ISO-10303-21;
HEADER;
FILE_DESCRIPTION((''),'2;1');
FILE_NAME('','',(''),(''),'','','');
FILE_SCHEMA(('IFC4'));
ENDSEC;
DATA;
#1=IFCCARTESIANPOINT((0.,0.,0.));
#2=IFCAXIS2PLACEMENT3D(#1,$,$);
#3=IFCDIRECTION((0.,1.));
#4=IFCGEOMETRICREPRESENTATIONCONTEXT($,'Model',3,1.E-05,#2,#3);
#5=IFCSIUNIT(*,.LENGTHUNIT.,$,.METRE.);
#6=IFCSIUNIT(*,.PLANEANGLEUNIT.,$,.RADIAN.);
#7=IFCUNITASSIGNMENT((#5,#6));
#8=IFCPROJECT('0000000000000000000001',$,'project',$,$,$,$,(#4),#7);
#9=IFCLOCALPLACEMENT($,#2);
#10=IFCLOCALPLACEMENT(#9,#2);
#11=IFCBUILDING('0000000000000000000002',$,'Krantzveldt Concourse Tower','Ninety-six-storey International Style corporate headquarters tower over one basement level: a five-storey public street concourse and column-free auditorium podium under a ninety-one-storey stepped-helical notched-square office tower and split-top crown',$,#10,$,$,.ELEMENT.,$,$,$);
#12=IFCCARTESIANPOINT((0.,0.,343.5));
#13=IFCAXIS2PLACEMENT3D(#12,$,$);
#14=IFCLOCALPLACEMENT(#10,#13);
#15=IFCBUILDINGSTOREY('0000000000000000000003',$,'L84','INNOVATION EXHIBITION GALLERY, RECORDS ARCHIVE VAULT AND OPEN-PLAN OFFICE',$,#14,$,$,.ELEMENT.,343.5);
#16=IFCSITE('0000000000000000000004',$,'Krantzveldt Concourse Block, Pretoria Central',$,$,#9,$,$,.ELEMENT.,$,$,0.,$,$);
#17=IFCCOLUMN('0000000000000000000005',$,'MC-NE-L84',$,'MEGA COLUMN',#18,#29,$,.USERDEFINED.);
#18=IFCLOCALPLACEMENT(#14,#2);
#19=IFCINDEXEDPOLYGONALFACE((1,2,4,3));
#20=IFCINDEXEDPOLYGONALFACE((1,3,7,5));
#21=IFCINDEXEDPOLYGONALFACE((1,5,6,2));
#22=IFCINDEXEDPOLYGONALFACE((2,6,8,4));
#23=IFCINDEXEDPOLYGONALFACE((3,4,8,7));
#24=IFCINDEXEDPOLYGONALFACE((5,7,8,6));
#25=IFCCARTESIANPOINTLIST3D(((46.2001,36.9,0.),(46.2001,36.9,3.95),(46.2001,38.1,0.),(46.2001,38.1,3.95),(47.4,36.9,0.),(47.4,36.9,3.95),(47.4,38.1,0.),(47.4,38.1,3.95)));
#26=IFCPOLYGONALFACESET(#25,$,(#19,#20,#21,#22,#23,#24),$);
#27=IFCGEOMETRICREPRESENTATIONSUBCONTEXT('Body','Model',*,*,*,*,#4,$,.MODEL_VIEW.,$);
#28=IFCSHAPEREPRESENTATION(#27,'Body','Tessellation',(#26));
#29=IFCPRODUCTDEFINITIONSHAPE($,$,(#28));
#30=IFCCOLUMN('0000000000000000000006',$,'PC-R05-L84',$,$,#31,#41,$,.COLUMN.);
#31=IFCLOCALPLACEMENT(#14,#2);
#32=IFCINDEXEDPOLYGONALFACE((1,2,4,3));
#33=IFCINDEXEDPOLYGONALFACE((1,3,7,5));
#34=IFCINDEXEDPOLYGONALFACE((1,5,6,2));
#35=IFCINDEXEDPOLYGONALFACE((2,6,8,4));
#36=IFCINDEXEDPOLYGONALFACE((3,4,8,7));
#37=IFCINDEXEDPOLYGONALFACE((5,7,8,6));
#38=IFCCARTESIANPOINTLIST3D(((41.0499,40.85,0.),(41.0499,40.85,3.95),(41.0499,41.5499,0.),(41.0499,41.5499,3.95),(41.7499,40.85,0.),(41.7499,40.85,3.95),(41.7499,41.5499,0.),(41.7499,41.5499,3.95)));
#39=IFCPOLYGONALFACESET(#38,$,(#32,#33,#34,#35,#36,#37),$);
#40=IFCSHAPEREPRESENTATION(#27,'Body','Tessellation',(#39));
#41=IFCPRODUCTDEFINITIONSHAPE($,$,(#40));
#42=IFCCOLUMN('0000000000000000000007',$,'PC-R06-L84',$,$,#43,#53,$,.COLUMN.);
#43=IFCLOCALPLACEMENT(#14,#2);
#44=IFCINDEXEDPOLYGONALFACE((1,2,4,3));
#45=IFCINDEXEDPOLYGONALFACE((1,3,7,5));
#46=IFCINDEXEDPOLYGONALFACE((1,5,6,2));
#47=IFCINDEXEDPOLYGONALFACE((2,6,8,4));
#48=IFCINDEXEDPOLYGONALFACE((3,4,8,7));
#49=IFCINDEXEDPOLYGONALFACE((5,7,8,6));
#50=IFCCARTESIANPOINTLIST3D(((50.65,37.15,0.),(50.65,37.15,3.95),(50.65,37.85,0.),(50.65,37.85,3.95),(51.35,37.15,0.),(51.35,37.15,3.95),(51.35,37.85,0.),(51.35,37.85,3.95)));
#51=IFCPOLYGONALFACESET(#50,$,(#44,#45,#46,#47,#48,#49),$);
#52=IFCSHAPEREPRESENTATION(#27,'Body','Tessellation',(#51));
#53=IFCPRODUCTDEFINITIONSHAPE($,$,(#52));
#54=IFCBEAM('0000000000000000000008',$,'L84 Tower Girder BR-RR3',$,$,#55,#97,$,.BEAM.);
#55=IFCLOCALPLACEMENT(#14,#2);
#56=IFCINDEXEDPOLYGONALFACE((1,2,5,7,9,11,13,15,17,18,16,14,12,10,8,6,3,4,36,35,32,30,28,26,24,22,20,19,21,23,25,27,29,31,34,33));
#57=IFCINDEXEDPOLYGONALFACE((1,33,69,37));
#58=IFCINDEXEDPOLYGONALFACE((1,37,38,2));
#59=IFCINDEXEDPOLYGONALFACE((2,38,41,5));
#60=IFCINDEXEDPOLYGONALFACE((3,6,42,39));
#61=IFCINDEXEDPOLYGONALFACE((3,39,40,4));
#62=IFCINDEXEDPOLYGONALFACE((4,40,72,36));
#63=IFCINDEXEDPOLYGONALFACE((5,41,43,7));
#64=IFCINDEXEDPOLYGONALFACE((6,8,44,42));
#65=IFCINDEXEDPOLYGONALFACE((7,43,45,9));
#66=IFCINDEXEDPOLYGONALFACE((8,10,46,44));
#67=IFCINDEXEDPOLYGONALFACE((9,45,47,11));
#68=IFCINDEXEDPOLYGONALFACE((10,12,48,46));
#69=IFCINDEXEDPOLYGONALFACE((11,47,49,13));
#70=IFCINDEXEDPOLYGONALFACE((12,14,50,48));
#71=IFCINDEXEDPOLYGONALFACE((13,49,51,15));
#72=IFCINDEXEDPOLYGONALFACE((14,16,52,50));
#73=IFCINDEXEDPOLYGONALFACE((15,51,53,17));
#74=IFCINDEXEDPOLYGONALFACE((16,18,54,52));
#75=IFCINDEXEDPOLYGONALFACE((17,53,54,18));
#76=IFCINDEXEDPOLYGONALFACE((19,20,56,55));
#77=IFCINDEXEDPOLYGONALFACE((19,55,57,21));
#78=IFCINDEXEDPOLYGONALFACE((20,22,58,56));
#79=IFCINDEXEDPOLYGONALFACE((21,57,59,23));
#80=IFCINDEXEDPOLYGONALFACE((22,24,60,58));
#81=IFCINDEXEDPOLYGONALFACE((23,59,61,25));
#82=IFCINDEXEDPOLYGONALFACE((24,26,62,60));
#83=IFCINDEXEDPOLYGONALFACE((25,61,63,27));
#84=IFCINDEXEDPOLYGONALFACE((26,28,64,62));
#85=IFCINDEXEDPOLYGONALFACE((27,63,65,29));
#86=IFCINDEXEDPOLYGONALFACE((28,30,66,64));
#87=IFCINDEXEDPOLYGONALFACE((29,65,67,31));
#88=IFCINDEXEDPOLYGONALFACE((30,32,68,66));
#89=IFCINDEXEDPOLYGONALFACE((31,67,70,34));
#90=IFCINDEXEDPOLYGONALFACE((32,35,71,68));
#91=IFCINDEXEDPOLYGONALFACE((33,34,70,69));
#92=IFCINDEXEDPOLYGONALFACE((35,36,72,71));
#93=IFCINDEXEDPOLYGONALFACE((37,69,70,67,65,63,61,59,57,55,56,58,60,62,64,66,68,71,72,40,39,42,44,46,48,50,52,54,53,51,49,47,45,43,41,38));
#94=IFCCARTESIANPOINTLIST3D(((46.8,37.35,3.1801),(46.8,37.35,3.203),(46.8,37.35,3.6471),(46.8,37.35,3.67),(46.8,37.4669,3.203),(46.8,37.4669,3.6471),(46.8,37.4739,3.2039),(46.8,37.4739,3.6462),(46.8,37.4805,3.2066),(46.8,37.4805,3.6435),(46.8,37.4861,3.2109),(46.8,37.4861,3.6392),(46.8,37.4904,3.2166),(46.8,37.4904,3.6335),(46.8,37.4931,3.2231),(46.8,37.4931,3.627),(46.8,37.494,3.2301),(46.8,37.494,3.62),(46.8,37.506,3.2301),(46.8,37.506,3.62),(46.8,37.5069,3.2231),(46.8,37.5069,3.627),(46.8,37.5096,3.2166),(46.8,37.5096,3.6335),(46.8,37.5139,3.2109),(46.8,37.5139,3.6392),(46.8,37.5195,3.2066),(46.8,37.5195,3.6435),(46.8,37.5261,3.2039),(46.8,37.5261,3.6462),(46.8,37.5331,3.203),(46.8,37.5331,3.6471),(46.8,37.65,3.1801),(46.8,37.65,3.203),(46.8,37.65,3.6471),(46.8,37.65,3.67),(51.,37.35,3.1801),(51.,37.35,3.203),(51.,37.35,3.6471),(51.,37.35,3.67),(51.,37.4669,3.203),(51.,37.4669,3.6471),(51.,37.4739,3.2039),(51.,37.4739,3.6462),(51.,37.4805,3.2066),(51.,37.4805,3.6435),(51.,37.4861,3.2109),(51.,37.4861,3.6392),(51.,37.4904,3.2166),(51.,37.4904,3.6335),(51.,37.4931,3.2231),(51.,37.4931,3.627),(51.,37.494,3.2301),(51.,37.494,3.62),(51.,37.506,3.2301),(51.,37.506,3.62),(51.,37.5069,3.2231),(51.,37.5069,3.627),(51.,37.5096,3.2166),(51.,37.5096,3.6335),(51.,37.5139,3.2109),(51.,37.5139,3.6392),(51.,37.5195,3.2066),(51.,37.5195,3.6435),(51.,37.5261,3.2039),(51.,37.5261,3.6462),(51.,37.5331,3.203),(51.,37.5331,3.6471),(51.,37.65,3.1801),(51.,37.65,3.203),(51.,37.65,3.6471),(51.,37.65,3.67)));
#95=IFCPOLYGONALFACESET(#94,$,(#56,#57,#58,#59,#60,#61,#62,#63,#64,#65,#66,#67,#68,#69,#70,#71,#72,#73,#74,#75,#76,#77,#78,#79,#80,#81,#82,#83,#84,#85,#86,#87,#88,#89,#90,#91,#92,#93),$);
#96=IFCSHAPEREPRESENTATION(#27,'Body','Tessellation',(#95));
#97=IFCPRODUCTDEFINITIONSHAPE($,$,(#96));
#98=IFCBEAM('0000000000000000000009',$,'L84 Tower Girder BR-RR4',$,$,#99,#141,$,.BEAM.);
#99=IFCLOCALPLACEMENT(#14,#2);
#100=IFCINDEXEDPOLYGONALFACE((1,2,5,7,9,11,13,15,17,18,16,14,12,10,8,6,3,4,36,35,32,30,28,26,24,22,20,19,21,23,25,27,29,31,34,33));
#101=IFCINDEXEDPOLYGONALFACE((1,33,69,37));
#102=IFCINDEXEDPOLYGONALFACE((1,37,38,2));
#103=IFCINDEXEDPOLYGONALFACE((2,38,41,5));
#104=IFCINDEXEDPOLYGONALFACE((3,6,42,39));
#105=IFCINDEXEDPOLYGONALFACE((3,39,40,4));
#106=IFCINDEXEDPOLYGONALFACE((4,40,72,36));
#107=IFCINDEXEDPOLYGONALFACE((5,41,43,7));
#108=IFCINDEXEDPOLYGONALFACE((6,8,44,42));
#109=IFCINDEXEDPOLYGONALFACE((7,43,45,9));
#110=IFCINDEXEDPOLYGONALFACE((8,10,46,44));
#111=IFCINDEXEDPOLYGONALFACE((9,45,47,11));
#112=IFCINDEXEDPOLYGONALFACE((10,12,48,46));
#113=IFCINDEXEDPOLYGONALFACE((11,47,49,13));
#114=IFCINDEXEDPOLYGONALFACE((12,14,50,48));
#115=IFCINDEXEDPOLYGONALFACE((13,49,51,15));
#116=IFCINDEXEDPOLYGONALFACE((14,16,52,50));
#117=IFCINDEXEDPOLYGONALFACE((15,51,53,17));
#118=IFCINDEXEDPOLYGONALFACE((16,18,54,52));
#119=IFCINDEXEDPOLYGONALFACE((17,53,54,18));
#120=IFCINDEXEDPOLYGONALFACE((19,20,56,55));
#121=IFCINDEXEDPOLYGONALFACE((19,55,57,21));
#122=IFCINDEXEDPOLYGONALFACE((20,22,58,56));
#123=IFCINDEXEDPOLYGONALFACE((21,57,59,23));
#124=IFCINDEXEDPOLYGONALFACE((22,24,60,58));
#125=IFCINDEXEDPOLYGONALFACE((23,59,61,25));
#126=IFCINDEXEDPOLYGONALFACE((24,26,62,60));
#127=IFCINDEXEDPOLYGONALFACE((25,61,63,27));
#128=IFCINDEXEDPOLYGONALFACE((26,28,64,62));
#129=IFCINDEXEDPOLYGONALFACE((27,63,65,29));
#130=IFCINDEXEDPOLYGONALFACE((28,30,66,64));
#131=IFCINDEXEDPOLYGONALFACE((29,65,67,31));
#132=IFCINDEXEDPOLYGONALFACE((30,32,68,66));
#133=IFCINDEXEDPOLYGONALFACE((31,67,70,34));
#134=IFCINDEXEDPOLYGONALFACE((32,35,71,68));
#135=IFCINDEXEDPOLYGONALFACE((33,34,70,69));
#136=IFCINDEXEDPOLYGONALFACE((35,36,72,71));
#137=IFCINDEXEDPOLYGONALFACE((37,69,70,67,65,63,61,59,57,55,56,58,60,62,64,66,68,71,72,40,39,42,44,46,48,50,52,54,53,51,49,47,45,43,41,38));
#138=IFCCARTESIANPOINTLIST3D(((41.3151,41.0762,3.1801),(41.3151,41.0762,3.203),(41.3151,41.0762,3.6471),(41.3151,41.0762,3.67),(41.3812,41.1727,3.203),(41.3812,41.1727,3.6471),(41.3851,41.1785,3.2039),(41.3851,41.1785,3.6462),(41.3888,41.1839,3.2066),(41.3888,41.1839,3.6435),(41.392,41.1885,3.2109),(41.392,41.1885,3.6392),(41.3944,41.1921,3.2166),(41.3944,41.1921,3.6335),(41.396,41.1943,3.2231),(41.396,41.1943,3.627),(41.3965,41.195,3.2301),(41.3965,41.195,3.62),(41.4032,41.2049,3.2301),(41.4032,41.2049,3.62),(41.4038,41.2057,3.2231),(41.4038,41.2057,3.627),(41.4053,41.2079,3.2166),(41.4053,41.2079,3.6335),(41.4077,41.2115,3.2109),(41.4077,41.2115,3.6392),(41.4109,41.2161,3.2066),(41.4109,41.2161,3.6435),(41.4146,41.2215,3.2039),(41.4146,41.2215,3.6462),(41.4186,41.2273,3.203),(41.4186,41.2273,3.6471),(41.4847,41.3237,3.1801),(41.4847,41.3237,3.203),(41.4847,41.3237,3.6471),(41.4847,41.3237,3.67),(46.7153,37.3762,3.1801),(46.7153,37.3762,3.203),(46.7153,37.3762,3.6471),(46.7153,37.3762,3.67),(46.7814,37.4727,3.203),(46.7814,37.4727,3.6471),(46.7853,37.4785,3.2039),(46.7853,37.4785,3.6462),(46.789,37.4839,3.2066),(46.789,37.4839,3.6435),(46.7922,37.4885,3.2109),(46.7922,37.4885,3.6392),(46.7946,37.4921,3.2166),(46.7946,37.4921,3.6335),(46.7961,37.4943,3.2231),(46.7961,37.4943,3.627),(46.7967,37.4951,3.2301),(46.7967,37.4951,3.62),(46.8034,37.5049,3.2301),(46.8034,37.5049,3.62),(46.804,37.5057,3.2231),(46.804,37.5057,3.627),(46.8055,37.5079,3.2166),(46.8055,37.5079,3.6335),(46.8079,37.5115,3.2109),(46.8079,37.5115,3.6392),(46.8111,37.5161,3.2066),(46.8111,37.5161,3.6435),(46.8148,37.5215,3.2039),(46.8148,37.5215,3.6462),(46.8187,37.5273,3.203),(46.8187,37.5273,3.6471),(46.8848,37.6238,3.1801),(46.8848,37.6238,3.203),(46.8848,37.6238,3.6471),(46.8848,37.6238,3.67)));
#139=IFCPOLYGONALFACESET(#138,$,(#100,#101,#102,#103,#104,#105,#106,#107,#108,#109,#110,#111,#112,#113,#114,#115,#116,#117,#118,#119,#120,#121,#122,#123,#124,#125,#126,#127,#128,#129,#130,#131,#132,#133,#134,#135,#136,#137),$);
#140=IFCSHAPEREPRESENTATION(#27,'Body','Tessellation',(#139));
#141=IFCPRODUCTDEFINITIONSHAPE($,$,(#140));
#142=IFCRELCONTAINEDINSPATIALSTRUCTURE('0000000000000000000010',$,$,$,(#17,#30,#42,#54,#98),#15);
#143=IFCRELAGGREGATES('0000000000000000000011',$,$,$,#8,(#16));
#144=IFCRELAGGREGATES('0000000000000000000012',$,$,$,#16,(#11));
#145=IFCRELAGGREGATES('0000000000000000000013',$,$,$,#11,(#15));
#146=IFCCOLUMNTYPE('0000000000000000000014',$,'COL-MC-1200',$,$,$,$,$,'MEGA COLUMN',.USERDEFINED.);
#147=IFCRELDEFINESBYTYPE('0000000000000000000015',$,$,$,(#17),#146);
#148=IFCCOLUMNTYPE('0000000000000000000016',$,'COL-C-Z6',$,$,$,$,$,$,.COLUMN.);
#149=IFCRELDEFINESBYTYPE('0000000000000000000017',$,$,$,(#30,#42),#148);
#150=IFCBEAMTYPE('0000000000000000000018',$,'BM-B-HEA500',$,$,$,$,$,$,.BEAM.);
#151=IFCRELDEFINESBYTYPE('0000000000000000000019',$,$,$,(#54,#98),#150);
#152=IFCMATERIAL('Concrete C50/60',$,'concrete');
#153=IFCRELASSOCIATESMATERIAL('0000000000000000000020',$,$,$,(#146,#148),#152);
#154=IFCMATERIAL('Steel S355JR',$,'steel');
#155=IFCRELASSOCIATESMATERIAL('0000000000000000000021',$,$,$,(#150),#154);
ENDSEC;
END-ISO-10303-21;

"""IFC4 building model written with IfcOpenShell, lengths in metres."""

from ifc_helpers import new_model, si_unit, direction, frame, origin, origin_2d, place, context, subcontext, project, spatial, rectangle, i_section, extrude, source, transform, mapped, material, material_profile, profile_set, type_object, type_shapes, element, save


model = new_model("IFC4")

# Units and contexts
model_context = context("Model", 3, precision=1e-05, world=origin(), true_north=direction((0.0, 1.0)))
body_context = subcontext(model_context, "Body", "Model", "MODEL_VIEW")
ifc_project = project(units=[si_unit("LENGTHUNIT", "METRE"), si_unit("PLANEANGLEUNIT", "RADIAN")], contexts=[model_context])

# Site, building, storey
site_placement = place(None, origin())
site = spatial("IfcSite", under=ifc_project, at=site_placement, Name="Krantzveldt Concourse Block, Pretoria Central", CompositionType="ELEMENT", RefElevation=0.0)
building_placement = place(site_placement, origin())
building = spatial("IfcBuilding", under=site, at=building_placement, Name="Krantzveldt Concourse Tower", Description="Ninety-six-storey International Style corporate headquarters tower over one basement level: a five-storey public street concourse and column-free auditorium podium under a ninety-one-storey stepped-helical notched-square office tower and split-top crown", CompositionType="ELEMENT")
storey_placement = place(building_placement, frame((0.0, 0.0, 343.5)))
storey = spatial("IfcBuildingStorey", under=building, at=storey_placement, Name="L84", Description="INNOVATION EXHIBITION GALLERY, RECORDS ARCHIVE VAULT AND OPEN-PLAN OFFICE", CompositionType="ELEMENT", Elevation=343.5)

# Columns
ifc_material_1 = material(Name="Concrete C50/60", Category="concrete")
ifc_material_profile_1 = material_profile(ifc_material_1, rectangle(XDim=1.2, YDim=1.2, at=origin_2d()), Name="Concrete C50/60", Category="concrete")
ifc_profile_set_1 = profile_set([ifc_material_profile_1], Name="Concrete C50/60 - RC 1200x1200")
column_type_1 = type_object("IfcColumnType", Name="COL-MC-1200", ElementType="MEGA COLUMN", PredefinedType="USERDEFINED", material=ifc_profile_set_1)
shared_shape_1 = source(origin(), body_context, "Body", "SweptSolid", [
    extrude(rectangle(XDim=1.2, YDim=1.2, at=origin_2d()), origin(), (0.0, 0.0, 1.0), 3.95),
])
type_shapes(column_type_1, [shared_shape_1])
column_placement = place(storey_placement, frame((46.8, 37.5, 0.0), z_axis=(0.0, 0.0, 1.0), x_axis=(1.0, 0.0, 0.0)))
element("IfcColumn", 1, at=column_placement, inside=storey, type_object=column_type_1, Name="MC-NE-L84", ObjectType="MEGA COLUMN", PredefinedType="USERDEFINED", context=body_context, shape_type="MappedRepresentation", body=[
    mapped(shared_shape_1, transform((0.0, 0.0, 0.0), x_axis=(1.0, 0.0, 0.0), y_axis=(0.0, 1.0, 0.0), z_axis=(0.0, 0.0, 1.0), scale=1.0)),
])
ifc_material_profile_2 = material_profile(ifc_material_1, rectangle(XDim=0.7, YDim=0.7, at=origin_2d()), Name="Concrete C50/60", Category="concrete")
ifc_profile_set_2 = profile_set([ifc_material_profile_2], Name="Concrete C50/60 - RC 700x700")
column_type_2 = type_object("IfcColumnType", Name="COL-C-Z6", PredefinedType="COLUMN", material=ifc_profile_set_2)
shared_shape_2 = source(origin(), body_context, "Body", "SweptSolid", [
    extrude(rectangle(XDim=0.7, YDim=0.7, at=origin_2d()), origin(), (0.0, 0.0, 1.0), 3.95),
])
type_shapes(column_type_2, [shared_shape_2])
for number, where, z_axis, x_axis, name in (
    (2, (41.3999, 41.2, 0.0), (0.0, 0.0, 1.0), (1.0, 0.0, 0.0), "PC-R05-L84"),
    (3, (51.0, 37.5, 0.0), (0.0, 0.0, 1.0), (1.0, 0.0, 0.0), "PC-R06-L84"),
):
    element("IfcColumn", number, at=place(storey_placement, frame(where, z_axis=z_axis, x_axis=x_axis)), inside=storey, type_object=column_type_2, Name=name, PredefinedType="COLUMN", context=body_context, shape_type="MappedRepresentation", body=[
        mapped(shared_shape_2, transform((0.0, 0.0, 0.0), x_axis=(1.0, 0.0, 0.0), y_axis=(0.0, 1.0, 0.0), z_axis=(0.0, 0.0, 1.0), scale=1.0)),
    ])

# Beams
ifc_material_2 = material(Name="Steel S355JR", Category="steel")
ifc_material_profile_3 = material_profile(ifc_material_2, i_section(OverallWidth=0.3, OverallDepth=0.49, WebThickness=0.012, FlangeThickness=0.0229, FilletRadius=0.0271, at=origin_2d()), Name="Steel S355JR", Category="steel")
ifc_profile_set_3 = profile_set([ifc_material_profile_3], Name="Steel S355JR - HEA 500")
beam_type_1 = type_object("IfcBeamType", Name="BM-B-HEA500", PredefinedType="BEAM", material=ifc_profile_set_3)
shared_shape_3 = source(origin(), body_context, "Body", "SweptSolid", [
    extrude(i_section(OverallWidth=0.3, OverallDepth=0.49, WebThickness=0.012, FlangeThickness=0.0229, FilletRadius=0.0271, at=origin_2d()), origin(), (0.0, 0.0, 1.0), 4.2),
])
beam_1_placement = place(storey_placement, frame((46.8, 37.5, 3.425), z_axis=(1.0, 0.0, 0.0), x_axis=(0.0, 1.0, 0.0)))
element("IfcBeam", 4, at=beam_1_placement, inside=storey, type_object=beam_type_1, Name="L84 Tower Girder BR-RR3", PredefinedType="BEAM", context=body_context, shape_type="MappedRepresentation", body=[
    mapped(shared_shape_3, transform((0.0, 0.0, 0.0), x_axis=(1.0, 0.0, 0.0), y_axis=(0.0, 1.0, 0.0), z_axis=(0.0, 0.0, 1.0), scale=1.0)),
])
shared_shape_4 = source(origin(), body_context, "Body", "SweptSolid", [
    extrude(i_section(OverallWidth=0.3, OverallDepth=0.49, WebThickness=0.012, FlangeThickness=0.0229, FilletRadius=0.0271, at=origin_2d()), origin(), (0.0, 0.0, 1.0), 6.5461),
])
type_shapes(beam_type_1, [shared_shape_3, shared_shape_4])
beam_2_placement = place(storey_placement, frame((46.8, 37.5, 3.425), z_axis=(-0.824943, 0.565216, 0.0), x_axis=(-0.565216, -0.824943, 0.0)))
element("IfcBeam", 5, at=beam_2_placement, inside=storey, type_object=beam_type_1, Name="L84 Tower Girder BR-RR4", PredefinedType="BEAM", context=body_context, shape_type="MappedRepresentation", body=[
    mapped(shared_shape_4, transform((0.0, 0.0, 0.0), x_axis=(1.0, 0.0, 0.0), y_axis=(0.0, 1.0, 0.0), z_axis=(0.0, 0.0, 1.0), scale=1.0)),
])

save(model, "model.ifc")
